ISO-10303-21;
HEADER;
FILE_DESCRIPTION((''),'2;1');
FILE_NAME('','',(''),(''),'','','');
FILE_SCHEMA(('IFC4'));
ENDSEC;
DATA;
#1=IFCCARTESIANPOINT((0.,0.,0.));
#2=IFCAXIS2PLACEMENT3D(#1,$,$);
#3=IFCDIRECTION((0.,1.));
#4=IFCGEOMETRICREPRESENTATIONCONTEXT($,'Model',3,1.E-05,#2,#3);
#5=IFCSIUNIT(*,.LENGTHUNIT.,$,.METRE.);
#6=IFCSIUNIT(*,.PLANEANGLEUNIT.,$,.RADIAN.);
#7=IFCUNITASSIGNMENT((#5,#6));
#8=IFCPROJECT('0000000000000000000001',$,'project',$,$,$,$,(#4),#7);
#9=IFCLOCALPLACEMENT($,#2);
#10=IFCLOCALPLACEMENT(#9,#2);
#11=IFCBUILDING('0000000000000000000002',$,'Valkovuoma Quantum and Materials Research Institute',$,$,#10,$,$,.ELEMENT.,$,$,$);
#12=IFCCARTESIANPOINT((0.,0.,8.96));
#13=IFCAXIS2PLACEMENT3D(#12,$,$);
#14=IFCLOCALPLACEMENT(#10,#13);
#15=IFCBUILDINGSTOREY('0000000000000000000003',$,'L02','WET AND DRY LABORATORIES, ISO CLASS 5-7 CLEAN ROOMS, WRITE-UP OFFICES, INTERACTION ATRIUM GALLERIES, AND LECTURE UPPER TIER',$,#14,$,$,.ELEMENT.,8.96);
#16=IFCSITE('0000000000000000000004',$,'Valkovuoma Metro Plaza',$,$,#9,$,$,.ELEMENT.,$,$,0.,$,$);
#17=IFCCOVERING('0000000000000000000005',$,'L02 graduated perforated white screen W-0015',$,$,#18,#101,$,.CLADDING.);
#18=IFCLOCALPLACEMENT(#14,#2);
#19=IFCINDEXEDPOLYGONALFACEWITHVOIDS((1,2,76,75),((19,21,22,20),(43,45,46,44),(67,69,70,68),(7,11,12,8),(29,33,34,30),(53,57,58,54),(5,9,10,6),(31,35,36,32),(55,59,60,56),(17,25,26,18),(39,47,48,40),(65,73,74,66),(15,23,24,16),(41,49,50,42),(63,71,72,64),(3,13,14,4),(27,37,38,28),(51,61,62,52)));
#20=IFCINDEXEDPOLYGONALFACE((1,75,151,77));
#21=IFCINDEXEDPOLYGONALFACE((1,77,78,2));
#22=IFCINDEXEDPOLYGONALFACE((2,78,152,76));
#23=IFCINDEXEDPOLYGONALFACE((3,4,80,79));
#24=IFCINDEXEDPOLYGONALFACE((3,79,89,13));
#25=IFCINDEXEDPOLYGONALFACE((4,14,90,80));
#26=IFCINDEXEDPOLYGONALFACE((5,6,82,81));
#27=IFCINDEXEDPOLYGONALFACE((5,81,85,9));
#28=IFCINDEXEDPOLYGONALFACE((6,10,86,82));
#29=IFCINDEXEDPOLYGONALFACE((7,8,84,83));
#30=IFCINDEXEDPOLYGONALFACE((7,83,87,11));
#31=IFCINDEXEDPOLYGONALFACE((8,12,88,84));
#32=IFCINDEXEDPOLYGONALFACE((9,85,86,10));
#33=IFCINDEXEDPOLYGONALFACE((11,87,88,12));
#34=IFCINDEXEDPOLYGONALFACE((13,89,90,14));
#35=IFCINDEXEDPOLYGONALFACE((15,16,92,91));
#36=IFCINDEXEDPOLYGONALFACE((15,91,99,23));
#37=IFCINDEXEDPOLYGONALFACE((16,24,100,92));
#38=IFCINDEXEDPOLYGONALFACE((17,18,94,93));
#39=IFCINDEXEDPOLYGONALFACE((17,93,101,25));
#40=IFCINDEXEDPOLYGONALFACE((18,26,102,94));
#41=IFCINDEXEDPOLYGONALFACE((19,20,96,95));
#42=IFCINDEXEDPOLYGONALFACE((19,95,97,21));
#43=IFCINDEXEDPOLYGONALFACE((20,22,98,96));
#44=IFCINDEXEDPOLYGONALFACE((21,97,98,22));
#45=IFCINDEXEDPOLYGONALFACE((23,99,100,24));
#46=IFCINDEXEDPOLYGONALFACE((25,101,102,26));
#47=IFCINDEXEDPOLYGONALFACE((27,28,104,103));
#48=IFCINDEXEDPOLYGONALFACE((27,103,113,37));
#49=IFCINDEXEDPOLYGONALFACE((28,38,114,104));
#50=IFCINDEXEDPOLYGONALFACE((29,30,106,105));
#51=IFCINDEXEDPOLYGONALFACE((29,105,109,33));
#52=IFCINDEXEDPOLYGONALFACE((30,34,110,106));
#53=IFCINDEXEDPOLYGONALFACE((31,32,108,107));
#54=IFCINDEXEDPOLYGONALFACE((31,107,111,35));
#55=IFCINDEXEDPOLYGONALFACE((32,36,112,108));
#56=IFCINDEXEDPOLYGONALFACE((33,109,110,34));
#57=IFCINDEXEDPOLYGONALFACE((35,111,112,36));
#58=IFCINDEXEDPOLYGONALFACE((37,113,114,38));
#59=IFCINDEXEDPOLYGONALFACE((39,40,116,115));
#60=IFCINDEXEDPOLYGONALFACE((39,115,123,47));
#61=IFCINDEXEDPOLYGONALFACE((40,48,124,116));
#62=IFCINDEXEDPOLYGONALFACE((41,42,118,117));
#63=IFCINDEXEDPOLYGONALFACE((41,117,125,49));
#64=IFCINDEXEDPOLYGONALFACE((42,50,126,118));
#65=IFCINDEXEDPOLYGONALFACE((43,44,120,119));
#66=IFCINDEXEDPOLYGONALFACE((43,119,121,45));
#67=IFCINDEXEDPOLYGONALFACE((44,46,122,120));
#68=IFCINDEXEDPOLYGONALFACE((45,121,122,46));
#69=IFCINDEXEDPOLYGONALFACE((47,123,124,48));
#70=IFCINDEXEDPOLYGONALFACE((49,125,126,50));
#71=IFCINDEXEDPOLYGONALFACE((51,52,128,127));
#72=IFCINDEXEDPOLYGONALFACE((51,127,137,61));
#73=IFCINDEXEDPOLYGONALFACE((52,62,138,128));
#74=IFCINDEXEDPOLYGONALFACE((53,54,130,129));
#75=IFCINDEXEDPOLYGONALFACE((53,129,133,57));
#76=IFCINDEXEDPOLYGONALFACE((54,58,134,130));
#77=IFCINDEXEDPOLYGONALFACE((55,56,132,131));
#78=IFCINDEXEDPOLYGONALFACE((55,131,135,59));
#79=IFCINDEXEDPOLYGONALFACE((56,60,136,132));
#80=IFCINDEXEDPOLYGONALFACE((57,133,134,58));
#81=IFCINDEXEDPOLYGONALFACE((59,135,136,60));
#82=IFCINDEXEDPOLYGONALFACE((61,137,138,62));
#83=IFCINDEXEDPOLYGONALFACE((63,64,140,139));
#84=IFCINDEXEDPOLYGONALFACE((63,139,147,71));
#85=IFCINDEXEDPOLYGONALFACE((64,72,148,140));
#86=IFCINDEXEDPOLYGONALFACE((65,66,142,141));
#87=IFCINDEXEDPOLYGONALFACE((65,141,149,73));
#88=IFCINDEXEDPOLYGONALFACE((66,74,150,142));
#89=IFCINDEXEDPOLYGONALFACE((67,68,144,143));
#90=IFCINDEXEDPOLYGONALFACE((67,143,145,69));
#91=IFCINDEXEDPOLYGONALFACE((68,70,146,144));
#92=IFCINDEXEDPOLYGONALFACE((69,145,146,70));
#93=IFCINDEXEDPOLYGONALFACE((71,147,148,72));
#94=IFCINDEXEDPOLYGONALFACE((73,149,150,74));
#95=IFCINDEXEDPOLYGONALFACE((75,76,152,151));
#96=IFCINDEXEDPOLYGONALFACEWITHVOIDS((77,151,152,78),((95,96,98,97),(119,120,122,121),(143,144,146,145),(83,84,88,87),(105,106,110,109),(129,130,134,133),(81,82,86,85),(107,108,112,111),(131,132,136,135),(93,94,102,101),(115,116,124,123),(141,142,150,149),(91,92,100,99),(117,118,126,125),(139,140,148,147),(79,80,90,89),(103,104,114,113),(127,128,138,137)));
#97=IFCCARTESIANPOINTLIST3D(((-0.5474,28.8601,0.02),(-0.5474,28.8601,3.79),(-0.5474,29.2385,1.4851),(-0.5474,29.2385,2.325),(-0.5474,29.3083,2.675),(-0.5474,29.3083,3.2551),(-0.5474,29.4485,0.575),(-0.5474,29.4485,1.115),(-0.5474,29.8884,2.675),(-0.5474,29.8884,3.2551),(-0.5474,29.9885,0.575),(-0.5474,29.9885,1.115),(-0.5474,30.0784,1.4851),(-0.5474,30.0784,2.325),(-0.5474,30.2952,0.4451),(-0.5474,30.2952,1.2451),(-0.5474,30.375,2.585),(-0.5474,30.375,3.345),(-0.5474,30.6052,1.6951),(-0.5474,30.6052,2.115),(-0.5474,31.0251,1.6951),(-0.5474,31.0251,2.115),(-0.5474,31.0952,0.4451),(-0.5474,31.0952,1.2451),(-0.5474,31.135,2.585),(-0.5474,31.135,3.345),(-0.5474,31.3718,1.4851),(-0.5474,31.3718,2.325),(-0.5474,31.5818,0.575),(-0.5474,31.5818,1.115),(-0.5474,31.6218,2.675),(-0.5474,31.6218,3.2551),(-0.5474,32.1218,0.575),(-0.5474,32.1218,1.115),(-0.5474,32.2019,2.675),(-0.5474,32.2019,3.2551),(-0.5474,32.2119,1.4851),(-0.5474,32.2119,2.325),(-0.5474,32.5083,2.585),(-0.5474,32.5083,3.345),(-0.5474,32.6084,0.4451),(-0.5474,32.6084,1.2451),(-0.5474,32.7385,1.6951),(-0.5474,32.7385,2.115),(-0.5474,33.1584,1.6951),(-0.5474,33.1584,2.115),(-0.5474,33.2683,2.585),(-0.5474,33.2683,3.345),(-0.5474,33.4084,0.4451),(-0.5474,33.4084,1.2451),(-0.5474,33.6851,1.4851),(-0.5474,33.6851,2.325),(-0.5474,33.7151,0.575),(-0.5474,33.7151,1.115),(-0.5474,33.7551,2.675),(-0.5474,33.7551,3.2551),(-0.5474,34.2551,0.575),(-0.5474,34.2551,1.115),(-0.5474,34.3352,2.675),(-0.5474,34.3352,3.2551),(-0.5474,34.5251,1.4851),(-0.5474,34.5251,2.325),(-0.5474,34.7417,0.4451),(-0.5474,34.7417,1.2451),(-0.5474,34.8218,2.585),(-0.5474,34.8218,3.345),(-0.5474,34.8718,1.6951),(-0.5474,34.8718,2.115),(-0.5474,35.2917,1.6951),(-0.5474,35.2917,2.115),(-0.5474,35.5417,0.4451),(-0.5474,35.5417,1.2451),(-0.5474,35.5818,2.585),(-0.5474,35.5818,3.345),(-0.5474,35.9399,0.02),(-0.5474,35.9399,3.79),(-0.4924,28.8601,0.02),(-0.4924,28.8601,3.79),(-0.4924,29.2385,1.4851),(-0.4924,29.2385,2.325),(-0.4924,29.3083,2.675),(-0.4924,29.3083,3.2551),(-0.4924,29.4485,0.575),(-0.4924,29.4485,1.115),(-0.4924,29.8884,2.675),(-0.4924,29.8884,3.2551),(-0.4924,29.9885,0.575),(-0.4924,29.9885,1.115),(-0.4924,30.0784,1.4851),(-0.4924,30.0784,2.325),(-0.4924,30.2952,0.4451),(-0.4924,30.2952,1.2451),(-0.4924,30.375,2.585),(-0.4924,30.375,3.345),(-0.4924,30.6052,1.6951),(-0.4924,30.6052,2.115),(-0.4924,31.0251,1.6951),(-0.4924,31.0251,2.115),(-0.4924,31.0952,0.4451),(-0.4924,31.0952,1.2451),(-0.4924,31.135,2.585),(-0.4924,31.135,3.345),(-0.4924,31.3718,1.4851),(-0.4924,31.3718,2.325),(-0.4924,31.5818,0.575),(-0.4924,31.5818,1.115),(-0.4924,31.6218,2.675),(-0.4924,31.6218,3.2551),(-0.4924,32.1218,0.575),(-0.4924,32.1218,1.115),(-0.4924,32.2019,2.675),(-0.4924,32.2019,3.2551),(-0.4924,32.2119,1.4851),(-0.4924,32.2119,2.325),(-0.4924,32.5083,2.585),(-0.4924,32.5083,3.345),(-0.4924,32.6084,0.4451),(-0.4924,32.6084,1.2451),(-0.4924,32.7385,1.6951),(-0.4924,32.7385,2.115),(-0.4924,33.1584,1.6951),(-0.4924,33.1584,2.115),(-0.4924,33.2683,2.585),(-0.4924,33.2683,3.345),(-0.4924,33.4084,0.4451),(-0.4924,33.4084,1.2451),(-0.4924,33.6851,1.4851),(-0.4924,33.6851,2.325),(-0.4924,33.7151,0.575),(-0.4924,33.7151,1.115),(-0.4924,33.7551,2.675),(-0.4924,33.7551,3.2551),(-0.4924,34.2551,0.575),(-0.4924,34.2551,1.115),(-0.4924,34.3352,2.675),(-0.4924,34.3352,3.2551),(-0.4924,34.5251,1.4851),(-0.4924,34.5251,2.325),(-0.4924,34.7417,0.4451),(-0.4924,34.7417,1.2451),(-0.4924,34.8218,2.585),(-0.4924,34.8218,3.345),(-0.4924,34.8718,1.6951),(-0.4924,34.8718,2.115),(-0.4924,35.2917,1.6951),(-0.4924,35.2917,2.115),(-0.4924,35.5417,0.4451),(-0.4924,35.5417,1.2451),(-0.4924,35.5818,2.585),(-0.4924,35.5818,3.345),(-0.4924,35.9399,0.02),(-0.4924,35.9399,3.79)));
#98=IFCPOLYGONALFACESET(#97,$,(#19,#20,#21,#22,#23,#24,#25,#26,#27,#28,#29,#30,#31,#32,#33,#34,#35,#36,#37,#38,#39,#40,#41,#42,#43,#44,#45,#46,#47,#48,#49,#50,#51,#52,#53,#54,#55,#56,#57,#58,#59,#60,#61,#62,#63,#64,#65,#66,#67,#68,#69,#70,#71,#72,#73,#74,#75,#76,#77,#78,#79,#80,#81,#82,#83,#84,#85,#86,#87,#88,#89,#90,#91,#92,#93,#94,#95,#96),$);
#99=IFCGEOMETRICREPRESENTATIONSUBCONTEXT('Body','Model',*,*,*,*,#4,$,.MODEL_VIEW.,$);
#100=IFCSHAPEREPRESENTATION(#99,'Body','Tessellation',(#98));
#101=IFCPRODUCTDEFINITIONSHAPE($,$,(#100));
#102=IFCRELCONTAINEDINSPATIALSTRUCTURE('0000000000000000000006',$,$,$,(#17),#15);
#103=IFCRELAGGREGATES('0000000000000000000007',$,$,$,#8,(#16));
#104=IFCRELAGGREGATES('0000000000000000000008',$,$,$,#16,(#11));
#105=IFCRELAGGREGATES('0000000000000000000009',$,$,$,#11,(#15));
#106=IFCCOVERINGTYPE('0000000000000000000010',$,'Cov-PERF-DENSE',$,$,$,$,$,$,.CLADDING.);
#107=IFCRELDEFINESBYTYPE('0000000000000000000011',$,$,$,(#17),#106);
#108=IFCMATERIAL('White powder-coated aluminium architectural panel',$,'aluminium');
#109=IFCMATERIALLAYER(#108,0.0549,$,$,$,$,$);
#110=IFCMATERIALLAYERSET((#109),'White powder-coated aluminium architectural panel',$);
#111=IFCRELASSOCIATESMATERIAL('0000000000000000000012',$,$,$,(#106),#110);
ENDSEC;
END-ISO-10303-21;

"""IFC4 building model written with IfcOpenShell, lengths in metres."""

from ifc_helpers import new_model, si_unit, direction, frame, origin, place, context, subcontext, project, spatial, polyline, outline, extrude, material, layer, layer_set, type_object, element, save


model = new_model("IFC4")

# Units and contexts
model_context = context("Model", 3, precision=1e-05, world=origin(), true_north=direction((0.0, 1.0)))
body_context = subcontext(model_context, "Body", "Model", "MODEL_VIEW")
ifc_project = project(units=[si_unit("LENGTHUNIT", "METRE"), si_unit("PLANEANGLEUNIT", "RADIAN")], contexts=[model_context])

# Site, building, storey
site_placement = place(None, origin())
site = spatial("IfcSite", under=ifc_project, at=site_placement, Name="Valkovuoma Metro Plaza", CompositionType="ELEMENT", RefElevation=0.0)
building_placement = place(site_placement, origin())
building = spatial("IfcBuilding", under=site, at=building_placement, Name="Valkovuoma Quantum and Materials Research Institute", CompositionType="ELEMENT")
storey_placement = place(building_placement, frame((0.0, 0.0, 8.96)))
storey = spatial("IfcBuildingStorey", under=building, at=storey_placement, Name="L02", Description="WET AND DRY LABORATORIES, ISO CLASS 5-7 CLEAN ROOMS, WRITE-UP OFFICES, INTERACTION ATRIUM GALLERIES, AND LECTURE UPPER TIER", CompositionType="ELEMENT", Elevation=8.96)

# Covering
ifc_material_1 = material(Name="White powder-coated aluminium architectural panel", Category="aluminium")
ifc_layer_1 = layer(ifc_material_1, 0.0549)
ifc_layer_set_1 = layer_set([ifc_layer_1], Name="White powder-coated aluminium architectural panel")
covering_type = type_object("IfcCoveringType", Name="Cov-PERF-DENSE", PredefinedType="CLADDING", material=ifc_layer_set_1)
covering_1_placement = place(storey_placement, frame((-0.52, 28.8601, 0.02), z_axis=(0.0, 0.0, 1.0), x_axis=(0.0, 1.0, 0.0)))
element("IfcCovering", 1, at=covering_1_placement, inside=storey, type_object=covering_type, Name="L02 graduated perforated white screen W-0015", PredefinedType="CLADDING", context=body_context, shape_type="SweptSolid", body=[
    extrude(outline(polyline([(0.0, 0.0), (7.0798, 0.0), (7.0798, 3.77), (0.0, 3.77), (0.0, 0.0)]), holes=[polyline([(0.5884, 0.5549), (0.5884, 1.095), (1.1284, 1.095), (1.1284, 0.5549), (0.5884, 0.5549)]), polyline([(0.3784, 1.4651), (0.3784, 2.3049), (1.2183, 2.3049), (1.2183, 1.4651), (0.3784, 1.4651)]), polyline([(0.4482, 2.655), (0.4482, 3.2351), (1.0283, 3.2351), (1.0283, 2.655), (0.4482, 2.655)]), polyline([(1.4351, 0.425), (1.4351, 1.2251), (2.2351, 1.2251), (2.2351, 0.425), (1.4351, 0.425)]), polyline([(1.7451, 1.675), (1.7451, 2.095), (2.165, 2.095), (2.165, 1.675), (1.7451, 1.675)]), polyline([(1.5149, 2.5649), (1.5149, 3.325), (2.2749, 3.325), (2.2749, 2.5649), (1.5149, 2.5649)]), polyline([(2.7217, 0.5549), (2.7217, 1.095), (3.2617, 1.095), (3.2617, 0.5549), (2.7217, 0.5549)]), polyline([(2.5117, 1.4651), (2.5117, 2.3049), (3.3518, 2.3049), (3.3518, 1.4651), (2.5117, 1.4651)]), polyline([(2.7617, 2.655), (2.7617, 3.2351), (3.3418, 3.2351), (3.3418, 2.655), (2.7617, 2.655)]), polyline([(3.7483, 0.425), (3.7483, 1.2251), (4.5483, 1.2251), (4.5483, 0.425), (3.7483, 0.425)]), polyline([(3.8784, 1.675), (3.8784, 2.095), (4.2983, 2.095), (4.2983, 1.675), (3.8784, 1.675)]), polyline([(3.6482, 2.5649), (3.6482, 3.325), (4.4082, 3.325), (4.4082, 2.5649), (3.6482, 2.5649)]), polyline([(4.855, 0.5549), (4.855, 1.095), (5.395, 1.095), (5.395, 0.5549), (4.855, 0.5549)]), polyline([(4.825, 1.4651), (4.825, 2.3049), (5.665, 2.3049), (5.665, 1.4651), (4.825, 1.4651)]), polyline([(4.895, 2.655), (4.895, 3.2351), (5.4751, 3.2351), (5.4751, 2.655), (4.895, 2.655)]), polyline([(5.8816, 0.425), (5.8816, 1.2251), (6.6816, 1.2251), (6.6816, 0.425), (5.8816, 0.425)]), polyline([(6.0117, 1.675), (6.0117, 2.095), (6.4316, 2.095), (6.4316, 1.675), (6.0117, 1.675)]), polyline([(5.9617, 2.5649), (5.9617, 3.325), (6.7217, 3.325), (6.7217, 2.5649), (5.9617, 2.5649)])]), frame((0.0, 0.0273, 0.0), z_axis=(0.0, -1.0, 0.0), x_axis=(1.0, 0.0, 0.0)), (0.0, 0.0, 1.0), 0.0549),
])

save(model, "model.ifc")
